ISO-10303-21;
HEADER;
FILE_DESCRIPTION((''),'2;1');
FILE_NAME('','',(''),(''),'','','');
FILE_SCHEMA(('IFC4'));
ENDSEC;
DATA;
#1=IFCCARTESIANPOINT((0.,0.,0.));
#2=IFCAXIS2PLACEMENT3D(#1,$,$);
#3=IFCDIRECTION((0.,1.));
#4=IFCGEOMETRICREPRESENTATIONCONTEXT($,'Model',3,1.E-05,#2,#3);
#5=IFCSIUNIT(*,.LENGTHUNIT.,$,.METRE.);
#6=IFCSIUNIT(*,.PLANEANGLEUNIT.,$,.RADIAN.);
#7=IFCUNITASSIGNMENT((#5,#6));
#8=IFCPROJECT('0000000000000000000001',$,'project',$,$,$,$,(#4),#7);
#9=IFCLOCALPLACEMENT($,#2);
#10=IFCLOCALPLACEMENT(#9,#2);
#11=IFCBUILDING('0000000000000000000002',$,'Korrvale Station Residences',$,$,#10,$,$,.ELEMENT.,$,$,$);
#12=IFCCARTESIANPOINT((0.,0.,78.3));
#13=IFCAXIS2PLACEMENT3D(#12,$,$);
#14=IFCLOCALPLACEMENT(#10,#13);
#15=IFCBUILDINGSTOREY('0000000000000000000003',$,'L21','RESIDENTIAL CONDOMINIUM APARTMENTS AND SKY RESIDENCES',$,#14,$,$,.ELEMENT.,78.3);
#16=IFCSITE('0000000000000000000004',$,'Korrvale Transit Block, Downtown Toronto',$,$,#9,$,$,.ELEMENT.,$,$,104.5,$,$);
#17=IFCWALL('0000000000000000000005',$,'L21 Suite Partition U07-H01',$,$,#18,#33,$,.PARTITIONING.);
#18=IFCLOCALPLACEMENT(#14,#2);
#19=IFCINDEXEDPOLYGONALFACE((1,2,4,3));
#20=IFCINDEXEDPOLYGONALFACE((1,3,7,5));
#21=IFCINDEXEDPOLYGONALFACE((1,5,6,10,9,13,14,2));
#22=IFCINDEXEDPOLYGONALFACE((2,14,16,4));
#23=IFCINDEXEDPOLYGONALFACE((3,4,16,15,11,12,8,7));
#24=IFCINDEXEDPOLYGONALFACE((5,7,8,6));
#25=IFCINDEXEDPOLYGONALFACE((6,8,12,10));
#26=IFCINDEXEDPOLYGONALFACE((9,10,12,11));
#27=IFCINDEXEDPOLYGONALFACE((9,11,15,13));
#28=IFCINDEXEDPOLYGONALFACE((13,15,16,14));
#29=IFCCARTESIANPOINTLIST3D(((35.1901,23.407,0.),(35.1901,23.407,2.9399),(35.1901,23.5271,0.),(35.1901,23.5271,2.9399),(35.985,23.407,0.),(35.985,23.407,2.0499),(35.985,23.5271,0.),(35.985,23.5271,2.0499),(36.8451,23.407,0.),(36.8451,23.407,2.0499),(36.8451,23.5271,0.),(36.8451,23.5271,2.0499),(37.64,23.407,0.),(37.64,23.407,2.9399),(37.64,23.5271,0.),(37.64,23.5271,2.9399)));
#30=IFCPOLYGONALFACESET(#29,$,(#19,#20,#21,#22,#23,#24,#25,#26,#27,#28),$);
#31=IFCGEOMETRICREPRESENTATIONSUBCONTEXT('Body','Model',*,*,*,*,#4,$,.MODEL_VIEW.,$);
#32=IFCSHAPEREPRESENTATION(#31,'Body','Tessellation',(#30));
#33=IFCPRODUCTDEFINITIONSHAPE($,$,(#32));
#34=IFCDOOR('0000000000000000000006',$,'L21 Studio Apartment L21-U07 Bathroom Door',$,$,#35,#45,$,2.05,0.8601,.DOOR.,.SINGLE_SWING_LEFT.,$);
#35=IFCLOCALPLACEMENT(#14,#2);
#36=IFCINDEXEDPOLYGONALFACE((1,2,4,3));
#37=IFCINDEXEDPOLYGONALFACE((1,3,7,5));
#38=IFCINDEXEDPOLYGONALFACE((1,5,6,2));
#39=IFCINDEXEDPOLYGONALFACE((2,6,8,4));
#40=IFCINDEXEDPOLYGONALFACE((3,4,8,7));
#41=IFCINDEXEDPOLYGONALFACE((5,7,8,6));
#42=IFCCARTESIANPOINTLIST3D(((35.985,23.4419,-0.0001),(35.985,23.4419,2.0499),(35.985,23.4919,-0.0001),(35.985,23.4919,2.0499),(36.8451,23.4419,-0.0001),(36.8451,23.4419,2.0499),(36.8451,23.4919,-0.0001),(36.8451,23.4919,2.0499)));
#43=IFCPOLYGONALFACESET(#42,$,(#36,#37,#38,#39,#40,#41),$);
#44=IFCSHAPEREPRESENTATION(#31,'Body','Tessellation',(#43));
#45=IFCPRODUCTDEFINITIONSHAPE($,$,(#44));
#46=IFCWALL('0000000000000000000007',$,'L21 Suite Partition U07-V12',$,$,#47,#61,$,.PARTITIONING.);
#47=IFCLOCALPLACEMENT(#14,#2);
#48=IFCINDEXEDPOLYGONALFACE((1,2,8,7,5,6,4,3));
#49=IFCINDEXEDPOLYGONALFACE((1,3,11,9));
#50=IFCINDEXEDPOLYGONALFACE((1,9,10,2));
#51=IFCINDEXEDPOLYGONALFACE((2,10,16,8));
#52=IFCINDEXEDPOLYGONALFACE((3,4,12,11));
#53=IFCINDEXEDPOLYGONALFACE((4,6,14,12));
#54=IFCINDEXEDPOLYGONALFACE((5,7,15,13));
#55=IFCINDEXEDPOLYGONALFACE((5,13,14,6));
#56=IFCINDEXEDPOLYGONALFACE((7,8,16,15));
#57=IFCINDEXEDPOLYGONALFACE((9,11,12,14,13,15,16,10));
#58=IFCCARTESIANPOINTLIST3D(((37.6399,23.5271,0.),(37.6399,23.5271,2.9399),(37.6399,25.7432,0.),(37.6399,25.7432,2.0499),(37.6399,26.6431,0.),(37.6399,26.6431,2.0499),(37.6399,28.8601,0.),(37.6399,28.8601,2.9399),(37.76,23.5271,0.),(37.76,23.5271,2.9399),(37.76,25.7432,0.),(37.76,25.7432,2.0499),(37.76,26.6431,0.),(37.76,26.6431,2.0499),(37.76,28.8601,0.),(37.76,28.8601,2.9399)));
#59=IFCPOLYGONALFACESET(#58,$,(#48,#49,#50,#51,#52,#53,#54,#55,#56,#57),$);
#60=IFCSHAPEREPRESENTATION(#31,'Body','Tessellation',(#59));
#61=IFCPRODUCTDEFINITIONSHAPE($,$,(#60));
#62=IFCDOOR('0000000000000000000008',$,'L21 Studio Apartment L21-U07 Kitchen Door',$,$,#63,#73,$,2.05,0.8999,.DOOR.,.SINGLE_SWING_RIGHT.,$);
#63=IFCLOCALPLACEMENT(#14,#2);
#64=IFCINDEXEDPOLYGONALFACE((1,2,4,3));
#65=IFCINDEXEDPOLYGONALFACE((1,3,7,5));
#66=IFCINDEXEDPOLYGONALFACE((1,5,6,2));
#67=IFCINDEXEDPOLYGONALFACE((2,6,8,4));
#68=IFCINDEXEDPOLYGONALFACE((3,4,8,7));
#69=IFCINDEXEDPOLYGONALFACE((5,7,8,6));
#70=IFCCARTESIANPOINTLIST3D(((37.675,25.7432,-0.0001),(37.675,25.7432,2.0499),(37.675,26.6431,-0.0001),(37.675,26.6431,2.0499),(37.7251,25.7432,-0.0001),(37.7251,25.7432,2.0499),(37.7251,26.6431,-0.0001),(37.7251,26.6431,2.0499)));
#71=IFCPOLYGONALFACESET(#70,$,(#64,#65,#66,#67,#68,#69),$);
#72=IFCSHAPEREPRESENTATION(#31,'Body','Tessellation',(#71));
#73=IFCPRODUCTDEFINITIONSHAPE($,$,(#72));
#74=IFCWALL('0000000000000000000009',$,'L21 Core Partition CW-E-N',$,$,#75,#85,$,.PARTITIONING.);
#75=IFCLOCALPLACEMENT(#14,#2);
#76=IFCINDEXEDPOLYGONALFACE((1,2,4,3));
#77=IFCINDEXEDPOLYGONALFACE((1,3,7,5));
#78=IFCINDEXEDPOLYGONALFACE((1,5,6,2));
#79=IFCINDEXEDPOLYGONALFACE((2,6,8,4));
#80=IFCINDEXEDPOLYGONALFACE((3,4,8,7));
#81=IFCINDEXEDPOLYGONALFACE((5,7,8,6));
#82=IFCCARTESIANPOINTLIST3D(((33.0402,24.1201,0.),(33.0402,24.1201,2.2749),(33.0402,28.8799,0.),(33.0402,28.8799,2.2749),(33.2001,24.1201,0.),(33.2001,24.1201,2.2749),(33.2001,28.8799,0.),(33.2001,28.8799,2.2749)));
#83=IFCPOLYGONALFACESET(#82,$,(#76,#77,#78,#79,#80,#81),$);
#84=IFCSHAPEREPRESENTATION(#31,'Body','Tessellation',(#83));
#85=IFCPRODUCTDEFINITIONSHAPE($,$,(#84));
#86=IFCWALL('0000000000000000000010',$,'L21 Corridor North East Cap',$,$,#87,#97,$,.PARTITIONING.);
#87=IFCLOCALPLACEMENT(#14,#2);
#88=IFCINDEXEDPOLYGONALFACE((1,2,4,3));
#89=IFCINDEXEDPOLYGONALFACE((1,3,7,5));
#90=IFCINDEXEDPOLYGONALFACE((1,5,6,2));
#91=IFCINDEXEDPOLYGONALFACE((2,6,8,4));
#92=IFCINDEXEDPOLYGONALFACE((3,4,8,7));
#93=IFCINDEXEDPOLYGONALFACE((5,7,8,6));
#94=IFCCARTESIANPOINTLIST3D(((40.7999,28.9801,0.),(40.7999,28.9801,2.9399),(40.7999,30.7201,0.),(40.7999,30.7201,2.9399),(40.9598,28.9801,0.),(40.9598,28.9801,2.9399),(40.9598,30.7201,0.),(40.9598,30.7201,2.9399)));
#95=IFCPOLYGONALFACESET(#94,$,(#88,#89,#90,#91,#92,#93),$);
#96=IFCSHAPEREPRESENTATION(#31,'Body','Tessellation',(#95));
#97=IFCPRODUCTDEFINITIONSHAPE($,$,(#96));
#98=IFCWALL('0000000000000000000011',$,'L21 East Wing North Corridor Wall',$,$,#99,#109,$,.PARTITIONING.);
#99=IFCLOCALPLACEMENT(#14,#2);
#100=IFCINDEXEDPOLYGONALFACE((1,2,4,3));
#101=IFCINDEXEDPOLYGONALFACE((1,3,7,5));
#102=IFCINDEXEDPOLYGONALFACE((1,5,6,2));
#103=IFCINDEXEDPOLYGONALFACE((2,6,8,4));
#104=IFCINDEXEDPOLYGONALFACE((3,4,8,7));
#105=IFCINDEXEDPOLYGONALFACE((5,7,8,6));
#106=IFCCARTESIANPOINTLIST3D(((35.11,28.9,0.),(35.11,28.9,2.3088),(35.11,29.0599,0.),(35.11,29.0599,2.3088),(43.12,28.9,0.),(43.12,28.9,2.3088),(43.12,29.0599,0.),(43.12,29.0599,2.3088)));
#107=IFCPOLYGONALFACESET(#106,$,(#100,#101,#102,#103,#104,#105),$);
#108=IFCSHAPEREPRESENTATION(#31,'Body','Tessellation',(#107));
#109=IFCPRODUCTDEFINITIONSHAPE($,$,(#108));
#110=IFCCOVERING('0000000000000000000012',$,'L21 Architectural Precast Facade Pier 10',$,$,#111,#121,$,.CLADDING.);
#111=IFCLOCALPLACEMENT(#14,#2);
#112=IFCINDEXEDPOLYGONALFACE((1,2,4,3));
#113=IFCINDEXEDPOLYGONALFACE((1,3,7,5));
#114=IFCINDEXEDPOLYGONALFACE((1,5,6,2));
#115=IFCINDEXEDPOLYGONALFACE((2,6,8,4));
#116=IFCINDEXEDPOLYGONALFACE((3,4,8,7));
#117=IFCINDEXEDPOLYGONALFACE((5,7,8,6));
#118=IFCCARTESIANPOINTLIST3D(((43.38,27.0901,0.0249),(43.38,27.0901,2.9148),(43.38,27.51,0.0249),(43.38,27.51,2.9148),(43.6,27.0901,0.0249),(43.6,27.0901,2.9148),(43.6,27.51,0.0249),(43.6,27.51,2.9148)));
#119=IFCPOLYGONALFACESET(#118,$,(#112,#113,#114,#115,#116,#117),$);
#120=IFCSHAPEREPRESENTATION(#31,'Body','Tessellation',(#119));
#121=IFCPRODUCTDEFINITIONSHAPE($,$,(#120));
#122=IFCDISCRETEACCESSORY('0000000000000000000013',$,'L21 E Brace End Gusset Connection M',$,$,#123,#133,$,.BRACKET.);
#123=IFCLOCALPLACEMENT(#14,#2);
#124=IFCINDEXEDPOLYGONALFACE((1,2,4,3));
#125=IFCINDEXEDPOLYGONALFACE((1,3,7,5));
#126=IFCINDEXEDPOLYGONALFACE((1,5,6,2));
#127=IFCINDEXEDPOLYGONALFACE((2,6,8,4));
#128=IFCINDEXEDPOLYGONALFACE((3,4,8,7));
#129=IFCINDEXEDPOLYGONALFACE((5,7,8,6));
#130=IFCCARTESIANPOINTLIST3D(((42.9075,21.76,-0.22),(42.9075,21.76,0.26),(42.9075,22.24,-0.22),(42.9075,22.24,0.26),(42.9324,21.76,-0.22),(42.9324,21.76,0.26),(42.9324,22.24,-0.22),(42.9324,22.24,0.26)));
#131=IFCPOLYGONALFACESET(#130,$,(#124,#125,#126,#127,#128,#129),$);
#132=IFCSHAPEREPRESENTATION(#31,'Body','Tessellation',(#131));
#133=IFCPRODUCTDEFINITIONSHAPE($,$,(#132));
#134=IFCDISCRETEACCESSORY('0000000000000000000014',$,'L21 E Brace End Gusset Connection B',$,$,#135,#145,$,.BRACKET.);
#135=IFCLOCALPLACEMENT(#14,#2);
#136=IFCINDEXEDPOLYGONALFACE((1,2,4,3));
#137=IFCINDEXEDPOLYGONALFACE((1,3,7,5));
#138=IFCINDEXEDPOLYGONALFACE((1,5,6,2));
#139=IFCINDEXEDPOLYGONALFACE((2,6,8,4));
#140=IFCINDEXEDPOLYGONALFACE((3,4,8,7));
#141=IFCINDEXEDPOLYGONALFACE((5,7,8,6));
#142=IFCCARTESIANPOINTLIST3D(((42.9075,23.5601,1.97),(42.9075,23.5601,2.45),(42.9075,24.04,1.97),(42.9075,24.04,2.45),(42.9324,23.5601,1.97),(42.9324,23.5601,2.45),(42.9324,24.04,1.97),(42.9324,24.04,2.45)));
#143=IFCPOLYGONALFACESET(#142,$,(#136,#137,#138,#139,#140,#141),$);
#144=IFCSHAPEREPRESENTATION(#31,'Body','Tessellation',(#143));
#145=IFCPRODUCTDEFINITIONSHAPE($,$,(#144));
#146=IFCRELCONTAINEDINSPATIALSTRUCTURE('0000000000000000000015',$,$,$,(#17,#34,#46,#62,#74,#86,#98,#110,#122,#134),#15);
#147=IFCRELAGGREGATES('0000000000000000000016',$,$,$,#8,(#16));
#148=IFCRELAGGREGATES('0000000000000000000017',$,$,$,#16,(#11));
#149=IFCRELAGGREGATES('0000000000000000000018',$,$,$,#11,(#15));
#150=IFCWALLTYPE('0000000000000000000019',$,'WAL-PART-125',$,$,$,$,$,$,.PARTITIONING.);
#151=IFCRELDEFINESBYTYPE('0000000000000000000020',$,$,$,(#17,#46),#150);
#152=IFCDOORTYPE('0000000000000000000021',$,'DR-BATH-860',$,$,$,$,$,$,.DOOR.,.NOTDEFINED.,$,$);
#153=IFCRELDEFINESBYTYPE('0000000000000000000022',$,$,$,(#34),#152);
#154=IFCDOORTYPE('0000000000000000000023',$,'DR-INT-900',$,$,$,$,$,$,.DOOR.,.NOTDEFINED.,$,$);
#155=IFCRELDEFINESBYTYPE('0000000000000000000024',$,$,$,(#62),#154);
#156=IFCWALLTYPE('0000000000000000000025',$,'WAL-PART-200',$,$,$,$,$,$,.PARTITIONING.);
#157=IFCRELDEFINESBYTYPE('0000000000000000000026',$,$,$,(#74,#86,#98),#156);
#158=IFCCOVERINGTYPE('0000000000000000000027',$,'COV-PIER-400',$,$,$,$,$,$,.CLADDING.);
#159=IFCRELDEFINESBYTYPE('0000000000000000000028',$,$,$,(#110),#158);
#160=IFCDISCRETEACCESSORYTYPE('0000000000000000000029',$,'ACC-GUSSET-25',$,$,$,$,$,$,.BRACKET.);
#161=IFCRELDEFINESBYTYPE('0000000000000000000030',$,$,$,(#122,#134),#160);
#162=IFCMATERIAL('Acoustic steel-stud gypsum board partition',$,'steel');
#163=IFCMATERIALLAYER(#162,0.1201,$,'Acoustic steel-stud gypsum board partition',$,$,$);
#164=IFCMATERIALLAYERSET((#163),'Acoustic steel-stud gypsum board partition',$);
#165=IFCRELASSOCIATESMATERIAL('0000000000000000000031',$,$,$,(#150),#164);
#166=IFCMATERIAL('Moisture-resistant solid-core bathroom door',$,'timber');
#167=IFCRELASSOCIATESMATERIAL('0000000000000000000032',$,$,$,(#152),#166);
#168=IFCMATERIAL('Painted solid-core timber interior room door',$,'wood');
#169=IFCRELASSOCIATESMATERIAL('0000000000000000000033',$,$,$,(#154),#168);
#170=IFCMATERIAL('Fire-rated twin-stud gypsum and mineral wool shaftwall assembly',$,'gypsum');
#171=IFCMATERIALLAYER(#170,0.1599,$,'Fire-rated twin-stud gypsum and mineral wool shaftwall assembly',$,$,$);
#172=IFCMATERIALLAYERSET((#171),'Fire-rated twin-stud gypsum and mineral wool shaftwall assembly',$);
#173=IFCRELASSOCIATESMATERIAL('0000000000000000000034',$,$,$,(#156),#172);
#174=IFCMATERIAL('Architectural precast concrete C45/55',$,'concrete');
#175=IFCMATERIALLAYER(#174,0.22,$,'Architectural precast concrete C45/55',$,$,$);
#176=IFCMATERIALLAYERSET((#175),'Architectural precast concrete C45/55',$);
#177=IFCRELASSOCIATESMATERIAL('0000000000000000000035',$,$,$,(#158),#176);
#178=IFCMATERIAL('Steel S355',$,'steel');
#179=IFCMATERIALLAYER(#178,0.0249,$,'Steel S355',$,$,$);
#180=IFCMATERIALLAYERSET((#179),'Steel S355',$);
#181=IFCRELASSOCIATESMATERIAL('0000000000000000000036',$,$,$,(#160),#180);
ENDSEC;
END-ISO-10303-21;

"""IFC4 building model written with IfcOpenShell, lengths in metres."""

from ifc_helpers import new_model, si_unit, direction, frame, frame_2d, origin, origin_2d, place, context, subcontext, project, spatial, rectangle, extrude, material, layer, layer_set, type_object, element, fill, save


model = new_model("IFC4")

# Units and contexts
model_context = context("Model", 3, precision=1e-05, world=origin(), true_north=direction((0.0, 1.0)))
body_context = subcontext(model_context, "Body", "Model", "MODEL_VIEW")
ifc_project = project(units=[si_unit("LENGTHUNIT", "METRE"), si_unit("PLANEANGLEUNIT", "RADIAN")], contexts=[model_context])

# Site, building, storey
site_placement = place(None, origin())
site = spatial("IfcSite", under=ifc_project, at=site_placement, Name="Korrvale Transit Block, Downtown Toronto", CompositionType="ELEMENT", RefElevation=104.5)
building_placement = place(site_placement, origin())
building = spatial("IfcBuilding", under=site, at=building_placement, Name="Korrvale Station Residences", CompositionType="ELEMENT")
storey_placement = place(building_placement, frame((0.0, 0.0, 78.3)))
storey = spatial("IfcBuildingStorey", under=building, at=storey_placement, Name="L21", Description="RESIDENTIAL CONDOMINIUM APARTMENTS AND SKY RESIDENCES", CompositionType="ELEMENT", Elevation=78.3)

# Shared definitions
ifc_material_1 = material(Name="Steel S355", Category="steel")

# Shared definitions
ifc_material_2 = material(Name="Acoustic steel-stud gypsum board partition", Category="steel")
ifc_layer_1 = layer(ifc_material_2, 0.1201, Name="Acoustic steel-stud gypsum board partition")
ifc_layer_set_1 = layer_set([ifc_layer_1], Name="Acoustic steel-stud gypsum board partition")
wall_type_1 = type_object("IfcWallType", Name="WAL-PART-125", PredefinedType="PARTITIONING", material=ifc_layer_set_1)

# Walls, openings, doors
wall_1_placement = place(storey_placement, frame((35.1899, 23.467, 0.0), z_axis=(0.0, 0.0, 1.0), x_axis=(1.0, 0.0, 0.0)))
wall_1 = element("IfcWall", 1, at=wall_1_placement, inside=storey, type_object=wall_type_1, Name="L21 Suite Partition U07-H01", PredefinedType="PARTITIONING", context=body_context, shape_type="SweptSolid", body=[
    extrude(rectangle(XDim=2.45, YDim=0.1201, at=frame_2d((1.2251, 0.0))), origin(), (0.0, 0.0, 1.0), 2.9399),
])
opening_1_placement = place(wall_1_placement, frame((0.7949, 0.0, 0.0)))
opening_1 = element("IfcOpeningElement", 2, at=opening_1_placement, cuts=wall_1, PredefinedType="OPENING", context=body_context, shape_type="SweptSolid", body=[
    extrude(rectangle(XDim=0.8601, YDim=2.05, at=frame_2d((0.4302, 1.0249))), frame((0.0, 0.0701, 0.0), z_axis=(0.0, -1.0, 0.0), x_axis=(1.0, 0.0, 0.0)), (0.0, 0.0, 1.0), 0.1401),
])
ifc_material_3 = material(Name="Moisture-resistant solid-core bathroom door", Category="timber")
door_type_1 = type_object("IfcDoorType", Name="DR-BATH-860", OperationType="NOTDEFINED", PredefinedType="DOOR", material=ifc_material_3)
door_1_placement = place(opening_1_placement, origin())
door_1 = element("IfcDoor", 3, at=door_1_placement, inside=storey, type_object=door_type_1, Name="L21 Studio Apartment L21-U07 Bathroom Door", OperationType="SINGLE_SWING_LEFT", OverallHeight=2.05, OverallWidth=0.8601, PredefinedType="DOOR", context=body_context, shape_type="SweptSolid", body=[
    extrude(rectangle(XDim=0.8601, YDim=2.05, at=frame_2d((0.4302, 1.0249))), frame((0.0, 0.0249, 0.0), z_axis=(0.0, -1.0, 0.0), x_axis=(1.0, 0.0, 0.0)), (0.0, 0.0, 1.0), 0.05),
])
fill(opening_1, door_1)
wall_2_placement = place(storey_placement, frame((37.7, 23.5271, 0.0), z_axis=(0.0, 0.0, 1.0), x_axis=(0.0, 1.0, 0.0)))
wall_2 = element("IfcWall", 4, at=wall_2_placement, inside=storey, type_object=wall_type_1, Name="L21 Suite Partition U07-V12", PredefinedType="PARTITIONING", context=body_context, shape_type="SweptSolid", body=[
    extrude(rectangle(XDim=5.333, YDim=0.1201, at=frame_2d((2.6665, 0.0))), origin(), (0.0, 0.0, 1.0), 2.9399),
])
opening_2_placement = place(wall_2_placement, frame((2.2161, 0.0, 0.0)))
opening_2 = element("IfcOpeningElement", 5, at=opening_2_placement, cuts=wall_2, PredefinedType="OPENING", context=body_context, shape_type="SweptSolid", body=[
    extrude(rectangle(XDim=0.8999, YDim=2.05, at=frame_2d((0.45, 1.0249))), frame((0.0, 0.0701, 0.0), z_axis=(0.0, -1.0, 0.0), x_axis=(1.0, 0.0, 0.0)), (0.0, 0.0, 1.0), 0.1401),
])
ifc_material_4 = material(Name="Painted solid-core timber interior room door", Category="wood")
door_type_2 = type_object("IfcDoorType", Name="DR-INT-900", OperationType="NOTDEFINED", PredefinedType="DOOR", material=ifc_material_4)
door_2_placement = place(opening_2_placement, origin())
door_2 = element("IfcDoor", 6, at=door_2_placement, inside=storey, type_object=door_type_2, Name="L21 Studio Apartment L21-U07 Kitchen Door", OperationType="SINGLE_SWING_RIGHT", OverallHeight=2.05, OverallWidth=0.8999, PredefinedType="DOOR", context=body_context, shape_type="SweptSolid", body=[
    extrude(rectangle(XDim=0.8999, YDim=2.05, at=frame_2d((0.45, 1.0249))), frame((0.0, 0.0249, 0.0), z_axis=(0.0, -1.0, 0.0), x_axis=(1.0, 0.0, 0.0)), (0.0, 0.0, 1.0), 0.05),
])
fill(opening_2, door_2)

# Walls
ifc_material_5 = material(Name="Fire-rated twin-stud gypsum and mineral wool shaftwall assembly", Category="gypsum")
ifc_layer_2 = layer(ifc_material_5, 0.1599, Name="Fire-rated twin-stud gypsum and mineral wool shaftwall assembly")
ifc_layer_set_2 = layer_set([ifc_layer_2], Name="Fire-rated twin-stud gypsum and mineral wool shaftwall assembly")
wall_type_2 = type_object("IfcWallType", Name="WAL-PART-200", PredefinedType="PARTITIONING", material=ifc_layer_set_2)
wall_3_placement = place(storey_placement, frame((33.1201, 24.1201, 0.0), z_axis=(0.0, 0.0, 1.0), x_axis=(0.0, 1.0, 0.0)))
element("IfcWall", 7, at=wall_3_placement, inside=storey, type_object=wall_type_2, Name="L21 Core Partition CW-E-N", PredefinedType="PARTITIONING", context=body_context, shape_type="SweptSolid", body=[
    extrude(rectangle(XDim=4.7598, YDim=0.1599, at=frame_2d((2.3799, 0.0))), origin(), (0.0, 0.0, 1.0), 2.2749),
])
wall_4_placement = place(storey_placement, frame((40.8799, 28.98, 0.0), z_axis=(0.0, 0.0, 1.0), x_axis=(0.0, 1.0, 0.0)))
element("IfcWall", 8, at=wall_4_placement, inside=storey, type_object=wall_type_2, Name="L21 Corridor North East Cap", PredefinedType="PARTITIONING", context=body_context, shape_type="SweptSolid", body=[
    extrude(rectangle(XDim=1.74, YDim=0.1599, at=frame_2d((0.8701, 0.0))), origin(), (0.0, 0.0, 1.0), 2.9399),
])
wall_5_placement = place(storey_placement, frame((35.1101, 28.98, 0.0), z_axis=(0.0, 0.0, 1.0), x_axis=(1.0, 0.0, 0.0)))
element("IfcWall", 9, at=wall_5_placement, inside=storey, type_object=wall_type_2, Name="L21 East Wing North Corridor Wall", PredefinedType="PARTITIONING", context=body_context, shape_type="SweptSolid", body=[
    extrude(rectangle(XDim=8.01, YDim=0.1599, at=frame_2d((4.0049, 0.0))), origin(), (0.0, 0.0, 1.0), 2.3088),
])

# Covering
ifc_material_6 = material(Name="Architectural precast concrete C45/55", Category="concrete")
ifc_layer_3 = layer(ifc_material_6, 0.22, Name="Architectural precast concrete C45/55")
ifc_layer_set_3 = layer_set([ifc_layer_3], Name="Architectural precast concrete C45/55")
covering_type = type_object("IfcCoveringType", Name="COV-PIER-400", PredefinedType="CLADDING", material=ifc_layer_set_3)
covering_placement = place(storey_placement, frame((43.49, 27.3, 0.0249), z_axis=(0.0, 0.0, 1.0), x_axis=(0.0, 1.0, 0.0)))
element("IfcCovering", 10, at=covering_placement, inside=storey, type_object=covering_type, Name="L21 Architectural Precast Facade Pier 10", PredefinedType="CLADDING", context=body_context, shape_type="SweptSolid", body=[
    extrude(rectangle(XDim=0.4199, YDim=0.22, at=origin_2d()), origin(), (0.0, 0.0, 1.0), 2.8899),
])

# Discrete accessories
ifc_layer_4 = layer(ifc_material_1, 0.0249, Name="Steel S355")
ifc_layer_set_4 = layer_set([ifc_layer_4], Name="Steel S355")
discrete_accessory_type = type_object("IfcDiscreteAccessoryType", Name="ACC-GUSSET-25", PredefinedType="BRACKET", material=ifc_layer_set_4)
for number, where, z_axis, x_axis, name in (
    (11, (42.9199, 22.0, -0.22), (0.0, 0.0, 1.0), (0.0, 1.0, 0.0), "L21 E Brace End Gusset Connection M"),
    (12, (42.9199, 23.8, 1.97), (0.0, 0.0, 1.0), (0.0, 1.0, 0.0), "L21 E Brace End Gusset Connection B"),
):
    element("IfcDiscreteAccessory", number, at=place(storey_placement, frame(where, z_axis=z_axis, x_axis=x_axis)), inside=storey, type_object=discrete_accessory_type, Name=name, PredefinedType="BRACKET", context=body_context, shape_type="SweptSolid", body=[
        extrude(rectangle(XDim=0.48, YDim=0.0249, at=origin_2d()), origin(), (0.0, 0.0, 1.0), 0.48),
    ])

save(model, "model.ifc")
